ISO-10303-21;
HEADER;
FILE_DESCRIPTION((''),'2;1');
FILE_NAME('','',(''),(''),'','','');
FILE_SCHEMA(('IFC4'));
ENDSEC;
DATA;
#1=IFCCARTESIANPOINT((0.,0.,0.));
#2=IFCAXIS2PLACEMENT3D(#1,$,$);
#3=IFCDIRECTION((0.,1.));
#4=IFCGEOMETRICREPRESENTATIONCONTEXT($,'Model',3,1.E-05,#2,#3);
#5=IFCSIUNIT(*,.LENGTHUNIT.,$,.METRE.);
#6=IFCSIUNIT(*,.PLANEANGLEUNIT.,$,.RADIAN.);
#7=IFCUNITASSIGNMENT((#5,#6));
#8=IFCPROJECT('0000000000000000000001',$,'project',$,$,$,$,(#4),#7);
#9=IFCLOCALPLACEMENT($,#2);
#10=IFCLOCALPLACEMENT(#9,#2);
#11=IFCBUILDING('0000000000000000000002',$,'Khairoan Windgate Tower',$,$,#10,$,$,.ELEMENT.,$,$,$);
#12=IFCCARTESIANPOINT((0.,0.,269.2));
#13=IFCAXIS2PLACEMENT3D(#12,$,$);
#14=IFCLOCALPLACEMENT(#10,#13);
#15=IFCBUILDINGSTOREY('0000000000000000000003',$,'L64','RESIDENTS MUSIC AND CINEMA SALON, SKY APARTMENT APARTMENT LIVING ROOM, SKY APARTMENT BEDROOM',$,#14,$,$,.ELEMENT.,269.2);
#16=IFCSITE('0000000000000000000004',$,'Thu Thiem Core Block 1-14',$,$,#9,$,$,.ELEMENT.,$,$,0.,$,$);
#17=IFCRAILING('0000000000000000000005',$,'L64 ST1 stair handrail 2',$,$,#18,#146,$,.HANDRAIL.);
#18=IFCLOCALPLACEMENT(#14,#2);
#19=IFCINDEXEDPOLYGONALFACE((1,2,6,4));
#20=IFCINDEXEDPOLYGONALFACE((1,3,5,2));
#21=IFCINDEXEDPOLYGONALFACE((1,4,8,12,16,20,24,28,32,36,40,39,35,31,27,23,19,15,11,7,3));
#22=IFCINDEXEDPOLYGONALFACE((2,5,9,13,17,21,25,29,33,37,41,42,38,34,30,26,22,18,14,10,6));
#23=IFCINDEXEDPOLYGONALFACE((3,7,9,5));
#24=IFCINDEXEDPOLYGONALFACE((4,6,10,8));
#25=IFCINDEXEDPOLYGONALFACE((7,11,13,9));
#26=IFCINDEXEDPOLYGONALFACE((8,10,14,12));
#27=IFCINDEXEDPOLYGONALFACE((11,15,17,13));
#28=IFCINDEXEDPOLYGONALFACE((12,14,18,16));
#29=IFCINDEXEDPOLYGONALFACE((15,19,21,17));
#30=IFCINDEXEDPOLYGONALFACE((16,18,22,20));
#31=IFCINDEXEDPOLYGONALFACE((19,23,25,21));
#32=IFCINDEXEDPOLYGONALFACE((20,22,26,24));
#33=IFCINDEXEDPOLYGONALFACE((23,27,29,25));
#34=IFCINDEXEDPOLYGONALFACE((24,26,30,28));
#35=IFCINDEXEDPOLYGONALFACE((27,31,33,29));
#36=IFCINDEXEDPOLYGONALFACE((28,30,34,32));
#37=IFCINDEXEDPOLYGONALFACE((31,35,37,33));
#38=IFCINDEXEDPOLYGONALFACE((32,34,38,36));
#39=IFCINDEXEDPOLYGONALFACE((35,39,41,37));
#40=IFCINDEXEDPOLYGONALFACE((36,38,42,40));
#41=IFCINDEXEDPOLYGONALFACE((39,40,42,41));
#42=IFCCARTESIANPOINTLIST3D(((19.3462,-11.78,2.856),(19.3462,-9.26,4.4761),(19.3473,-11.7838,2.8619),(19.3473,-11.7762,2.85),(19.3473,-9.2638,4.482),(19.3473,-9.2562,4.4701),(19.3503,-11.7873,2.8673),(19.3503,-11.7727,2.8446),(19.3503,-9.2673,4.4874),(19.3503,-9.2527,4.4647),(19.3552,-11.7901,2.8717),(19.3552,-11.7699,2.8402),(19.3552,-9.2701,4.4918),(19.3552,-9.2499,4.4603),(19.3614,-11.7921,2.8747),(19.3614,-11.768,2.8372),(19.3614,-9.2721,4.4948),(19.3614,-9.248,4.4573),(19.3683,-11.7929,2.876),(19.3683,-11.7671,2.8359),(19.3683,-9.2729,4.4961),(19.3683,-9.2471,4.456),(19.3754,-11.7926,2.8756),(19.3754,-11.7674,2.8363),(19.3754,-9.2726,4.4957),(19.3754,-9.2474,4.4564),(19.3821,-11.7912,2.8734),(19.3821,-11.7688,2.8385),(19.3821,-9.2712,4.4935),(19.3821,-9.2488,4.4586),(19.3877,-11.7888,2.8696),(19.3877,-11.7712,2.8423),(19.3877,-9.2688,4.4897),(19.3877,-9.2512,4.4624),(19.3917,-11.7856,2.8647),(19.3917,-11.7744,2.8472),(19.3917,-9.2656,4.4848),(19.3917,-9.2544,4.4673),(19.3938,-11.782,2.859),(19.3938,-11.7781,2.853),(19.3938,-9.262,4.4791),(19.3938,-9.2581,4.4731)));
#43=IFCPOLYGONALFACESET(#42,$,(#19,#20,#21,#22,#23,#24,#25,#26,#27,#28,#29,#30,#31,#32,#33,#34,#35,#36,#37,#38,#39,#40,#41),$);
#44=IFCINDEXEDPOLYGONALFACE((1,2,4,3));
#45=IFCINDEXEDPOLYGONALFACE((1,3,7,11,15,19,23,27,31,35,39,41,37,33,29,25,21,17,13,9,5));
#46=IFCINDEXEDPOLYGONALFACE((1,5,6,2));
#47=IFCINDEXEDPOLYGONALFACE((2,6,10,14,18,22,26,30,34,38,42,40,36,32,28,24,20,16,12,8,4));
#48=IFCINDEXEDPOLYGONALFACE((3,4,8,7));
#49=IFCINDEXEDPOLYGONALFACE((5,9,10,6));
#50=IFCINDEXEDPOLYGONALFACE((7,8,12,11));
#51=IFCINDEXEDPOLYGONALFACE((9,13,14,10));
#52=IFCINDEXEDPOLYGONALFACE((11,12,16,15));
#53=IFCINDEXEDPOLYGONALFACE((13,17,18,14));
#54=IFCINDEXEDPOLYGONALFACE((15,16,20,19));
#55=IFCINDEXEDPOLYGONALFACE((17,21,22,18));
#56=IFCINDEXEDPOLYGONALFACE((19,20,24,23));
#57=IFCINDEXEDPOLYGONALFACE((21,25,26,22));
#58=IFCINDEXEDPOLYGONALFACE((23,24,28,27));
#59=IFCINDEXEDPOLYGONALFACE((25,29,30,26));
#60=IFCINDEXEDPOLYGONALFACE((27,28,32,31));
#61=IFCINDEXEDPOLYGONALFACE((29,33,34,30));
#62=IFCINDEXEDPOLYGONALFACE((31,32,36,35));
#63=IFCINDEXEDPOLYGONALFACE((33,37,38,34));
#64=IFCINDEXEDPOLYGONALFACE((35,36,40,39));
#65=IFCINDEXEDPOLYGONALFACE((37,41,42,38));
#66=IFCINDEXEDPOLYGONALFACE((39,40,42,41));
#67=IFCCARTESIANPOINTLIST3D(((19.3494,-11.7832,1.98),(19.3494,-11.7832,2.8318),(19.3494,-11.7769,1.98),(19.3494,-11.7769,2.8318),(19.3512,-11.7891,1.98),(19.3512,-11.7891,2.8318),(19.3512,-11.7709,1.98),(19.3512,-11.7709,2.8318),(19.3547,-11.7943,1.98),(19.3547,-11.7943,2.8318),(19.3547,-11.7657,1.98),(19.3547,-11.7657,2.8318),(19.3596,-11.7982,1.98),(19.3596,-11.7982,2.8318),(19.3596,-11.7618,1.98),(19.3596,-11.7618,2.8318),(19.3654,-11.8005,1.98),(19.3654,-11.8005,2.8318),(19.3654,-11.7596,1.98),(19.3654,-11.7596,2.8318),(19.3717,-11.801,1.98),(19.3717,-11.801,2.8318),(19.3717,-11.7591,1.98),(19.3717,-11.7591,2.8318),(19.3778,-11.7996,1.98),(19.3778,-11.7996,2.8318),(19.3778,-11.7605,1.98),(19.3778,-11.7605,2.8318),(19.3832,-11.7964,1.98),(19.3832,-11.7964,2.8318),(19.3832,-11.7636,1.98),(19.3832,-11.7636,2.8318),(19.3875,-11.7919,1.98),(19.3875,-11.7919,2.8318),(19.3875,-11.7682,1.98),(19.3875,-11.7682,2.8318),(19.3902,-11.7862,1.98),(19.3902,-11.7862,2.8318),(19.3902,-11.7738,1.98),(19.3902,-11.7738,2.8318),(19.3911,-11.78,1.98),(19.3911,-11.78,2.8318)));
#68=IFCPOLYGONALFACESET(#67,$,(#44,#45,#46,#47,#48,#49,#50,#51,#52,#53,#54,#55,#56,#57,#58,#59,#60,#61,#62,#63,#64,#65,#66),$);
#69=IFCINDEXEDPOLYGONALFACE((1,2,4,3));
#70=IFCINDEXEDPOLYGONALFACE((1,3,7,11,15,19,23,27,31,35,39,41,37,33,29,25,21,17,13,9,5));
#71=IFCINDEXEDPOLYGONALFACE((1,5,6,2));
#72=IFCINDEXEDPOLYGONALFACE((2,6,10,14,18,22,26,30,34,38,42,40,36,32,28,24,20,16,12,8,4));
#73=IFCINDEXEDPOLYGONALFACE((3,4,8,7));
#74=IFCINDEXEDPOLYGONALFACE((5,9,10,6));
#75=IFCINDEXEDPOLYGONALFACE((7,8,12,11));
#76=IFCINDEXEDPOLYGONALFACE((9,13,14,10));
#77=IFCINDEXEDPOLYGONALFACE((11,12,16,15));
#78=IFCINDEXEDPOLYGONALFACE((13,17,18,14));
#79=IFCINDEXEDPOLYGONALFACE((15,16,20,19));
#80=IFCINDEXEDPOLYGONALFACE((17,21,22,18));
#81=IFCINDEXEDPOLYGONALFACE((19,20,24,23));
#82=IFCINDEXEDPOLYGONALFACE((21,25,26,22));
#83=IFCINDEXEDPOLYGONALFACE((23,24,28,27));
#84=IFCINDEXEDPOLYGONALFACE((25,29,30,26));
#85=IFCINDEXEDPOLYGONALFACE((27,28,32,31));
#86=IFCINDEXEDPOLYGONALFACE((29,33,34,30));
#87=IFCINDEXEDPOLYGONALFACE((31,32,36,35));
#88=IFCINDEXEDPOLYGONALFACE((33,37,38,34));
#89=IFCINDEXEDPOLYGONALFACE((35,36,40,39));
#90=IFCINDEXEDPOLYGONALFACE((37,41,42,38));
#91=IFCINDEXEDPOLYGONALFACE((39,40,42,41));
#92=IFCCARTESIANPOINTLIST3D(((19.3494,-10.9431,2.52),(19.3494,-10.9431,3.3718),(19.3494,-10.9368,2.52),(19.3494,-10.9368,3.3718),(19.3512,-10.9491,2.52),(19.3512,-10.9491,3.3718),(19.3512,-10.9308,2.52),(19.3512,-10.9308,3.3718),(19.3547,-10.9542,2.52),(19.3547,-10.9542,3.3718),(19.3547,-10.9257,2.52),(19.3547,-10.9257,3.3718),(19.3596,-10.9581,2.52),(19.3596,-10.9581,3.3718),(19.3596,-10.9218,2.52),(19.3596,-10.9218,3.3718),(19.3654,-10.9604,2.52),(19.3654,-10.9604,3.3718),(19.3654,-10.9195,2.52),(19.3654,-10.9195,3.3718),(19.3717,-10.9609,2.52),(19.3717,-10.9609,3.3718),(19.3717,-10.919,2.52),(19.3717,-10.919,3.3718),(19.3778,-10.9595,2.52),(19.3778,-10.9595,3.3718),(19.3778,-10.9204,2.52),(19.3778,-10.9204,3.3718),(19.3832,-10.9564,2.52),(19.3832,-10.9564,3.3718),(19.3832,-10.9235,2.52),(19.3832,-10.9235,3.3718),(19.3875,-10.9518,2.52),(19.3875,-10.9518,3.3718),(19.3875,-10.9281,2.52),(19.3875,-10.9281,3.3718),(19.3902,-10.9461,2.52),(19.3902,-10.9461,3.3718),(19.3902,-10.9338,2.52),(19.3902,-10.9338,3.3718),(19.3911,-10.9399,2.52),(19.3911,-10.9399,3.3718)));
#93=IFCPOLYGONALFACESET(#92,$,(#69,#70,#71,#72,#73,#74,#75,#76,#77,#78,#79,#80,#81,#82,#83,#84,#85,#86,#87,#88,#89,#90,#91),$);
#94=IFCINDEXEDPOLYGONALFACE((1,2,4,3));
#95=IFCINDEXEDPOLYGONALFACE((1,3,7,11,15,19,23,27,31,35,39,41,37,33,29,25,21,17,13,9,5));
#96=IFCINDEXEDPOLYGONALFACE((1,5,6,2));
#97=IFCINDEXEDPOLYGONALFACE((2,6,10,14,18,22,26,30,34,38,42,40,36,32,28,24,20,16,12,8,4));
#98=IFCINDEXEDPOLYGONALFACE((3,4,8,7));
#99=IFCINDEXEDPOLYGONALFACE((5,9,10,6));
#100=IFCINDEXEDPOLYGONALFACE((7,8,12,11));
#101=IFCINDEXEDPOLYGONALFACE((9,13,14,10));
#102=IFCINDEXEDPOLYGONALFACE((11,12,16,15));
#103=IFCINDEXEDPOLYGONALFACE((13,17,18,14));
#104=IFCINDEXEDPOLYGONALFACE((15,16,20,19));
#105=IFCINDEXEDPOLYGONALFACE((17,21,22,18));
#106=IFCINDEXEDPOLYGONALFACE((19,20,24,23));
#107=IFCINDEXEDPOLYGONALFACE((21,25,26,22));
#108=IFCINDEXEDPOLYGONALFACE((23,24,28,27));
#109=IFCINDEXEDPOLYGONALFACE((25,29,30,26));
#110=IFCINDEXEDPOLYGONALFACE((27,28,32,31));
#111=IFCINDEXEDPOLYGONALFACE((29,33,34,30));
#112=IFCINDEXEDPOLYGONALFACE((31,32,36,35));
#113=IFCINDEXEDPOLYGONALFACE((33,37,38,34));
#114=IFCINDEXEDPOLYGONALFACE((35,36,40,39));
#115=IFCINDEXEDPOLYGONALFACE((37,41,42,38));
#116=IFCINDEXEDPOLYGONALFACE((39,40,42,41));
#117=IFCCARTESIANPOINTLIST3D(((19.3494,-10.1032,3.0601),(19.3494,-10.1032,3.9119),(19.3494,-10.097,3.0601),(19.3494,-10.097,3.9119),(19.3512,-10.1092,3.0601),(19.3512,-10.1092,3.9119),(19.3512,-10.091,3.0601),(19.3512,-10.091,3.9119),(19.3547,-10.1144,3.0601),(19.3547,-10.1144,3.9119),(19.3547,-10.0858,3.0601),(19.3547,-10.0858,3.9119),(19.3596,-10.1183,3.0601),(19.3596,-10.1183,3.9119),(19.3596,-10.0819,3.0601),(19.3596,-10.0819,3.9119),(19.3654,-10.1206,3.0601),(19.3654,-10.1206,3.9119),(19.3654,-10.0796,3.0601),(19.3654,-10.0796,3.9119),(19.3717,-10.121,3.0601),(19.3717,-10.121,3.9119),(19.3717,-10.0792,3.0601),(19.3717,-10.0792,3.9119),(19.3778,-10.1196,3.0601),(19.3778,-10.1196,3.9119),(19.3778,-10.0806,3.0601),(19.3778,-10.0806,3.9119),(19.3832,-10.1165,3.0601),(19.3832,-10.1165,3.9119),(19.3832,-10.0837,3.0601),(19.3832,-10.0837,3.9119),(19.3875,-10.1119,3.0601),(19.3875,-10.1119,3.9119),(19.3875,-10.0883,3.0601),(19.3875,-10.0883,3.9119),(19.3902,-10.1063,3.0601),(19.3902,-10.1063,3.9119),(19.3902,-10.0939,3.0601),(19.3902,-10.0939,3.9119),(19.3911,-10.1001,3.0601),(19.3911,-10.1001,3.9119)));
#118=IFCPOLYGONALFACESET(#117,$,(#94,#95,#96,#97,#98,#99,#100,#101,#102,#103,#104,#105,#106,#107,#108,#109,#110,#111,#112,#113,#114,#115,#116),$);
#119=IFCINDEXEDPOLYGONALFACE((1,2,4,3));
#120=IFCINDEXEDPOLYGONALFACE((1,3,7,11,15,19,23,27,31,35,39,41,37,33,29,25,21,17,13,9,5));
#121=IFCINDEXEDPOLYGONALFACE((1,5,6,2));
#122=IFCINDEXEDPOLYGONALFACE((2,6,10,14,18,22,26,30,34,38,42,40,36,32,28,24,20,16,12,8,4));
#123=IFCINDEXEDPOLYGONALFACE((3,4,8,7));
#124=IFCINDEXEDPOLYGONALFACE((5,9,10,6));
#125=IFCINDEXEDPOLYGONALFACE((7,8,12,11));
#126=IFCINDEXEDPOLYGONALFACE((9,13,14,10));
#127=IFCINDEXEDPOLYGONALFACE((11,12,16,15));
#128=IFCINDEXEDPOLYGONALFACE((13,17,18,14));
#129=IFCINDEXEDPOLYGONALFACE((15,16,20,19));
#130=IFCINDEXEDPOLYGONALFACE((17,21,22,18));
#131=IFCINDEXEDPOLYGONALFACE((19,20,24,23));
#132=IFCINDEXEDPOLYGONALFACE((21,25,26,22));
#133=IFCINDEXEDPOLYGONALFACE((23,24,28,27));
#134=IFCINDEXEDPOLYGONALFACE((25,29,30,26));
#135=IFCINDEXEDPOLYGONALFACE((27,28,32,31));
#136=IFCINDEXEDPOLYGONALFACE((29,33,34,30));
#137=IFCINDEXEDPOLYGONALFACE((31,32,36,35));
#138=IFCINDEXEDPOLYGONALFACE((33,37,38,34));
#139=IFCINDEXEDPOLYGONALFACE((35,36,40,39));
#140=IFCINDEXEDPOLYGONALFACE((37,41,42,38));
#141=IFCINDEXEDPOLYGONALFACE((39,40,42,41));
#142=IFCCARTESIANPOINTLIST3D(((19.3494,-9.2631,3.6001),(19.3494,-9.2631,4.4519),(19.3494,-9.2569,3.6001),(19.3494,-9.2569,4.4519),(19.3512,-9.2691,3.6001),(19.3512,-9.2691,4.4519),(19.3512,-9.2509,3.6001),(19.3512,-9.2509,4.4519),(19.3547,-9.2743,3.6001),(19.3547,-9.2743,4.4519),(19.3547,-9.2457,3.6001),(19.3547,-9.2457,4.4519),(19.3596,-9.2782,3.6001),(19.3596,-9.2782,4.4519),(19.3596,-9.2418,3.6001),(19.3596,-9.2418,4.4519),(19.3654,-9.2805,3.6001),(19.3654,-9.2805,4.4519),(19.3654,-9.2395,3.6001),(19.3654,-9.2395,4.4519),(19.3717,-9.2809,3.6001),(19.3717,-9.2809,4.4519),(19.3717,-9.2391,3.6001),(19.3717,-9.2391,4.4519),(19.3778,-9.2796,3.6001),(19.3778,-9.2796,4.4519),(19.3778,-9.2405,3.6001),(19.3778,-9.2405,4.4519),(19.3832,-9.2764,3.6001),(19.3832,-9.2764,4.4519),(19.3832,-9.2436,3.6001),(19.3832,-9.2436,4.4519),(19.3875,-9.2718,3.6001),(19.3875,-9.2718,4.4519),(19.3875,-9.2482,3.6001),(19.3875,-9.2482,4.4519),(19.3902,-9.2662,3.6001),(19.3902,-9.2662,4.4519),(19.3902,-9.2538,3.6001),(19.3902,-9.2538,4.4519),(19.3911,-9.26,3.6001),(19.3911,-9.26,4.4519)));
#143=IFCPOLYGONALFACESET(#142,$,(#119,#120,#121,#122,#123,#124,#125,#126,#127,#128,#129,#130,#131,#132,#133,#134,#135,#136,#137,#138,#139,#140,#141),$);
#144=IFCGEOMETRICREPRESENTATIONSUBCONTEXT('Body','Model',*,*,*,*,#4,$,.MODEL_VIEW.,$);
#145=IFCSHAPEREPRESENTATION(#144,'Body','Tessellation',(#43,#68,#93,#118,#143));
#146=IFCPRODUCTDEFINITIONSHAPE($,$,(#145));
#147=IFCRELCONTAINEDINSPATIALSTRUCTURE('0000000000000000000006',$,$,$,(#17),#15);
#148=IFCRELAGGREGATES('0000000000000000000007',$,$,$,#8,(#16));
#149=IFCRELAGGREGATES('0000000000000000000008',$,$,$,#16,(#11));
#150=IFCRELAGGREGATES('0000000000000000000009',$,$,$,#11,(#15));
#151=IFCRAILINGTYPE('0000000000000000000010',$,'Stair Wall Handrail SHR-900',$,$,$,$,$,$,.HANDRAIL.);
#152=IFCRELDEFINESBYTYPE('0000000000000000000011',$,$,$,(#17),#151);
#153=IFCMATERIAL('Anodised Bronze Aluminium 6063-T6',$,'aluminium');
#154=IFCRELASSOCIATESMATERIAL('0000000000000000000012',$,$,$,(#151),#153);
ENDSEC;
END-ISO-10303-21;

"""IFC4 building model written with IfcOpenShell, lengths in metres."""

from ifc_helpers import new_model, si_unit, direction, frame, origin, origin_2d, place, context, subcontext, project, spatial, circle, extrude, material, type_object, element, save


model = new_model("IFC4")

# Units and contexts
model_context = context("Model", 3, precision=1e-05, world=origin(), true_north=direction((0.0, 1.0)))
body_context = subcontext(model_context, "Body", "Model", "MODEL_VIEW")
ifc_project = project(units=[si_unit("LENGTHUNIT", "METRE"), si_unit("PLANEANGLEUNIT", "RADIAN")], contexts=[model_context])

# Site, building, storey
site_placement = place(None, origin())
site = spatial("IfcSite", under=ifc_project, at=site_placement, Name="Thu Thiem Core Block 1-14", CompositionType="ELEMENT", RefElevation=0.0)
building_placement = place(site_placement, origin())
building = spatial("IfcBuilding", under=site, at=building_placement, Name="Khairoan Windgate Tower", CompositionType="ELEMENT")
storey_placement = place(building_placement, frame((0.0, 0.0, 269.2)))
storey = spatial("IfcBuildingStorey", under=building, at=storey_placement, Name="L64", Description="RESIDENTS MUSIC AND CINEMA SALON, SKY APARTMENT APARTMENT LIVING ROOM, SKY APARTMENT BEDROOM", CompositionType="ELEMENT", Elevation=269.2)

# Railing
ifc_material_1 = material(Name="Anodised Bronze Aluminium 6063-T6", Category="aluminium")
railing_type_1 = type_object("IfcRailingType", Name="Stair Wall Handrail SHR-900", PredefinedType="HANDRAIL", material=ifc_material_1)
railing_1_placement = place(storey_placement, frame((19.3701, -11.78, 1.98)))
element("IfcRailing", 1, at=railing_1_placement, inside=storey, type_object=railing_type_1, Name="L64 ST1 stair handrail 2", PredefinedType="HANDRAIL", context=body_context, shape_type="SweptSolid", body=[
    extrude(circle(Radius=0.0239, at=origin_2d()), frame((0.0, 0.0, 0.876), z_axis=(0.0, 0.841163, 0.540782), x_axis=(-1.0, 0.0, 0.0)), (0.0, 0.0, 1.0), 2.9958),
    extrude(circle(Radius=0.021, at=origin_2d()), origin(), (0.0, 0.0, 1.0), 0.8518),
    extrude(circle(Radius=0.021, at=origin_2d()), frame((0.0, 0.8401, 0.54)), (0.0, 0.0, 1.0), 0.8518),
    extrude(circle(Radius=0.021, at=origin_2d()), frame((0.0, 1.6799, 1.0801)), (0.0, 0.0, 1.0), 0.8518),
    extrude(circle(Radius=0.021, at=origin_2d()), frame((0.0, 2.52, 1.6201)), (0.0, 0.0, 1.0), 0.8518),
])

save(model, "model.ifc")
